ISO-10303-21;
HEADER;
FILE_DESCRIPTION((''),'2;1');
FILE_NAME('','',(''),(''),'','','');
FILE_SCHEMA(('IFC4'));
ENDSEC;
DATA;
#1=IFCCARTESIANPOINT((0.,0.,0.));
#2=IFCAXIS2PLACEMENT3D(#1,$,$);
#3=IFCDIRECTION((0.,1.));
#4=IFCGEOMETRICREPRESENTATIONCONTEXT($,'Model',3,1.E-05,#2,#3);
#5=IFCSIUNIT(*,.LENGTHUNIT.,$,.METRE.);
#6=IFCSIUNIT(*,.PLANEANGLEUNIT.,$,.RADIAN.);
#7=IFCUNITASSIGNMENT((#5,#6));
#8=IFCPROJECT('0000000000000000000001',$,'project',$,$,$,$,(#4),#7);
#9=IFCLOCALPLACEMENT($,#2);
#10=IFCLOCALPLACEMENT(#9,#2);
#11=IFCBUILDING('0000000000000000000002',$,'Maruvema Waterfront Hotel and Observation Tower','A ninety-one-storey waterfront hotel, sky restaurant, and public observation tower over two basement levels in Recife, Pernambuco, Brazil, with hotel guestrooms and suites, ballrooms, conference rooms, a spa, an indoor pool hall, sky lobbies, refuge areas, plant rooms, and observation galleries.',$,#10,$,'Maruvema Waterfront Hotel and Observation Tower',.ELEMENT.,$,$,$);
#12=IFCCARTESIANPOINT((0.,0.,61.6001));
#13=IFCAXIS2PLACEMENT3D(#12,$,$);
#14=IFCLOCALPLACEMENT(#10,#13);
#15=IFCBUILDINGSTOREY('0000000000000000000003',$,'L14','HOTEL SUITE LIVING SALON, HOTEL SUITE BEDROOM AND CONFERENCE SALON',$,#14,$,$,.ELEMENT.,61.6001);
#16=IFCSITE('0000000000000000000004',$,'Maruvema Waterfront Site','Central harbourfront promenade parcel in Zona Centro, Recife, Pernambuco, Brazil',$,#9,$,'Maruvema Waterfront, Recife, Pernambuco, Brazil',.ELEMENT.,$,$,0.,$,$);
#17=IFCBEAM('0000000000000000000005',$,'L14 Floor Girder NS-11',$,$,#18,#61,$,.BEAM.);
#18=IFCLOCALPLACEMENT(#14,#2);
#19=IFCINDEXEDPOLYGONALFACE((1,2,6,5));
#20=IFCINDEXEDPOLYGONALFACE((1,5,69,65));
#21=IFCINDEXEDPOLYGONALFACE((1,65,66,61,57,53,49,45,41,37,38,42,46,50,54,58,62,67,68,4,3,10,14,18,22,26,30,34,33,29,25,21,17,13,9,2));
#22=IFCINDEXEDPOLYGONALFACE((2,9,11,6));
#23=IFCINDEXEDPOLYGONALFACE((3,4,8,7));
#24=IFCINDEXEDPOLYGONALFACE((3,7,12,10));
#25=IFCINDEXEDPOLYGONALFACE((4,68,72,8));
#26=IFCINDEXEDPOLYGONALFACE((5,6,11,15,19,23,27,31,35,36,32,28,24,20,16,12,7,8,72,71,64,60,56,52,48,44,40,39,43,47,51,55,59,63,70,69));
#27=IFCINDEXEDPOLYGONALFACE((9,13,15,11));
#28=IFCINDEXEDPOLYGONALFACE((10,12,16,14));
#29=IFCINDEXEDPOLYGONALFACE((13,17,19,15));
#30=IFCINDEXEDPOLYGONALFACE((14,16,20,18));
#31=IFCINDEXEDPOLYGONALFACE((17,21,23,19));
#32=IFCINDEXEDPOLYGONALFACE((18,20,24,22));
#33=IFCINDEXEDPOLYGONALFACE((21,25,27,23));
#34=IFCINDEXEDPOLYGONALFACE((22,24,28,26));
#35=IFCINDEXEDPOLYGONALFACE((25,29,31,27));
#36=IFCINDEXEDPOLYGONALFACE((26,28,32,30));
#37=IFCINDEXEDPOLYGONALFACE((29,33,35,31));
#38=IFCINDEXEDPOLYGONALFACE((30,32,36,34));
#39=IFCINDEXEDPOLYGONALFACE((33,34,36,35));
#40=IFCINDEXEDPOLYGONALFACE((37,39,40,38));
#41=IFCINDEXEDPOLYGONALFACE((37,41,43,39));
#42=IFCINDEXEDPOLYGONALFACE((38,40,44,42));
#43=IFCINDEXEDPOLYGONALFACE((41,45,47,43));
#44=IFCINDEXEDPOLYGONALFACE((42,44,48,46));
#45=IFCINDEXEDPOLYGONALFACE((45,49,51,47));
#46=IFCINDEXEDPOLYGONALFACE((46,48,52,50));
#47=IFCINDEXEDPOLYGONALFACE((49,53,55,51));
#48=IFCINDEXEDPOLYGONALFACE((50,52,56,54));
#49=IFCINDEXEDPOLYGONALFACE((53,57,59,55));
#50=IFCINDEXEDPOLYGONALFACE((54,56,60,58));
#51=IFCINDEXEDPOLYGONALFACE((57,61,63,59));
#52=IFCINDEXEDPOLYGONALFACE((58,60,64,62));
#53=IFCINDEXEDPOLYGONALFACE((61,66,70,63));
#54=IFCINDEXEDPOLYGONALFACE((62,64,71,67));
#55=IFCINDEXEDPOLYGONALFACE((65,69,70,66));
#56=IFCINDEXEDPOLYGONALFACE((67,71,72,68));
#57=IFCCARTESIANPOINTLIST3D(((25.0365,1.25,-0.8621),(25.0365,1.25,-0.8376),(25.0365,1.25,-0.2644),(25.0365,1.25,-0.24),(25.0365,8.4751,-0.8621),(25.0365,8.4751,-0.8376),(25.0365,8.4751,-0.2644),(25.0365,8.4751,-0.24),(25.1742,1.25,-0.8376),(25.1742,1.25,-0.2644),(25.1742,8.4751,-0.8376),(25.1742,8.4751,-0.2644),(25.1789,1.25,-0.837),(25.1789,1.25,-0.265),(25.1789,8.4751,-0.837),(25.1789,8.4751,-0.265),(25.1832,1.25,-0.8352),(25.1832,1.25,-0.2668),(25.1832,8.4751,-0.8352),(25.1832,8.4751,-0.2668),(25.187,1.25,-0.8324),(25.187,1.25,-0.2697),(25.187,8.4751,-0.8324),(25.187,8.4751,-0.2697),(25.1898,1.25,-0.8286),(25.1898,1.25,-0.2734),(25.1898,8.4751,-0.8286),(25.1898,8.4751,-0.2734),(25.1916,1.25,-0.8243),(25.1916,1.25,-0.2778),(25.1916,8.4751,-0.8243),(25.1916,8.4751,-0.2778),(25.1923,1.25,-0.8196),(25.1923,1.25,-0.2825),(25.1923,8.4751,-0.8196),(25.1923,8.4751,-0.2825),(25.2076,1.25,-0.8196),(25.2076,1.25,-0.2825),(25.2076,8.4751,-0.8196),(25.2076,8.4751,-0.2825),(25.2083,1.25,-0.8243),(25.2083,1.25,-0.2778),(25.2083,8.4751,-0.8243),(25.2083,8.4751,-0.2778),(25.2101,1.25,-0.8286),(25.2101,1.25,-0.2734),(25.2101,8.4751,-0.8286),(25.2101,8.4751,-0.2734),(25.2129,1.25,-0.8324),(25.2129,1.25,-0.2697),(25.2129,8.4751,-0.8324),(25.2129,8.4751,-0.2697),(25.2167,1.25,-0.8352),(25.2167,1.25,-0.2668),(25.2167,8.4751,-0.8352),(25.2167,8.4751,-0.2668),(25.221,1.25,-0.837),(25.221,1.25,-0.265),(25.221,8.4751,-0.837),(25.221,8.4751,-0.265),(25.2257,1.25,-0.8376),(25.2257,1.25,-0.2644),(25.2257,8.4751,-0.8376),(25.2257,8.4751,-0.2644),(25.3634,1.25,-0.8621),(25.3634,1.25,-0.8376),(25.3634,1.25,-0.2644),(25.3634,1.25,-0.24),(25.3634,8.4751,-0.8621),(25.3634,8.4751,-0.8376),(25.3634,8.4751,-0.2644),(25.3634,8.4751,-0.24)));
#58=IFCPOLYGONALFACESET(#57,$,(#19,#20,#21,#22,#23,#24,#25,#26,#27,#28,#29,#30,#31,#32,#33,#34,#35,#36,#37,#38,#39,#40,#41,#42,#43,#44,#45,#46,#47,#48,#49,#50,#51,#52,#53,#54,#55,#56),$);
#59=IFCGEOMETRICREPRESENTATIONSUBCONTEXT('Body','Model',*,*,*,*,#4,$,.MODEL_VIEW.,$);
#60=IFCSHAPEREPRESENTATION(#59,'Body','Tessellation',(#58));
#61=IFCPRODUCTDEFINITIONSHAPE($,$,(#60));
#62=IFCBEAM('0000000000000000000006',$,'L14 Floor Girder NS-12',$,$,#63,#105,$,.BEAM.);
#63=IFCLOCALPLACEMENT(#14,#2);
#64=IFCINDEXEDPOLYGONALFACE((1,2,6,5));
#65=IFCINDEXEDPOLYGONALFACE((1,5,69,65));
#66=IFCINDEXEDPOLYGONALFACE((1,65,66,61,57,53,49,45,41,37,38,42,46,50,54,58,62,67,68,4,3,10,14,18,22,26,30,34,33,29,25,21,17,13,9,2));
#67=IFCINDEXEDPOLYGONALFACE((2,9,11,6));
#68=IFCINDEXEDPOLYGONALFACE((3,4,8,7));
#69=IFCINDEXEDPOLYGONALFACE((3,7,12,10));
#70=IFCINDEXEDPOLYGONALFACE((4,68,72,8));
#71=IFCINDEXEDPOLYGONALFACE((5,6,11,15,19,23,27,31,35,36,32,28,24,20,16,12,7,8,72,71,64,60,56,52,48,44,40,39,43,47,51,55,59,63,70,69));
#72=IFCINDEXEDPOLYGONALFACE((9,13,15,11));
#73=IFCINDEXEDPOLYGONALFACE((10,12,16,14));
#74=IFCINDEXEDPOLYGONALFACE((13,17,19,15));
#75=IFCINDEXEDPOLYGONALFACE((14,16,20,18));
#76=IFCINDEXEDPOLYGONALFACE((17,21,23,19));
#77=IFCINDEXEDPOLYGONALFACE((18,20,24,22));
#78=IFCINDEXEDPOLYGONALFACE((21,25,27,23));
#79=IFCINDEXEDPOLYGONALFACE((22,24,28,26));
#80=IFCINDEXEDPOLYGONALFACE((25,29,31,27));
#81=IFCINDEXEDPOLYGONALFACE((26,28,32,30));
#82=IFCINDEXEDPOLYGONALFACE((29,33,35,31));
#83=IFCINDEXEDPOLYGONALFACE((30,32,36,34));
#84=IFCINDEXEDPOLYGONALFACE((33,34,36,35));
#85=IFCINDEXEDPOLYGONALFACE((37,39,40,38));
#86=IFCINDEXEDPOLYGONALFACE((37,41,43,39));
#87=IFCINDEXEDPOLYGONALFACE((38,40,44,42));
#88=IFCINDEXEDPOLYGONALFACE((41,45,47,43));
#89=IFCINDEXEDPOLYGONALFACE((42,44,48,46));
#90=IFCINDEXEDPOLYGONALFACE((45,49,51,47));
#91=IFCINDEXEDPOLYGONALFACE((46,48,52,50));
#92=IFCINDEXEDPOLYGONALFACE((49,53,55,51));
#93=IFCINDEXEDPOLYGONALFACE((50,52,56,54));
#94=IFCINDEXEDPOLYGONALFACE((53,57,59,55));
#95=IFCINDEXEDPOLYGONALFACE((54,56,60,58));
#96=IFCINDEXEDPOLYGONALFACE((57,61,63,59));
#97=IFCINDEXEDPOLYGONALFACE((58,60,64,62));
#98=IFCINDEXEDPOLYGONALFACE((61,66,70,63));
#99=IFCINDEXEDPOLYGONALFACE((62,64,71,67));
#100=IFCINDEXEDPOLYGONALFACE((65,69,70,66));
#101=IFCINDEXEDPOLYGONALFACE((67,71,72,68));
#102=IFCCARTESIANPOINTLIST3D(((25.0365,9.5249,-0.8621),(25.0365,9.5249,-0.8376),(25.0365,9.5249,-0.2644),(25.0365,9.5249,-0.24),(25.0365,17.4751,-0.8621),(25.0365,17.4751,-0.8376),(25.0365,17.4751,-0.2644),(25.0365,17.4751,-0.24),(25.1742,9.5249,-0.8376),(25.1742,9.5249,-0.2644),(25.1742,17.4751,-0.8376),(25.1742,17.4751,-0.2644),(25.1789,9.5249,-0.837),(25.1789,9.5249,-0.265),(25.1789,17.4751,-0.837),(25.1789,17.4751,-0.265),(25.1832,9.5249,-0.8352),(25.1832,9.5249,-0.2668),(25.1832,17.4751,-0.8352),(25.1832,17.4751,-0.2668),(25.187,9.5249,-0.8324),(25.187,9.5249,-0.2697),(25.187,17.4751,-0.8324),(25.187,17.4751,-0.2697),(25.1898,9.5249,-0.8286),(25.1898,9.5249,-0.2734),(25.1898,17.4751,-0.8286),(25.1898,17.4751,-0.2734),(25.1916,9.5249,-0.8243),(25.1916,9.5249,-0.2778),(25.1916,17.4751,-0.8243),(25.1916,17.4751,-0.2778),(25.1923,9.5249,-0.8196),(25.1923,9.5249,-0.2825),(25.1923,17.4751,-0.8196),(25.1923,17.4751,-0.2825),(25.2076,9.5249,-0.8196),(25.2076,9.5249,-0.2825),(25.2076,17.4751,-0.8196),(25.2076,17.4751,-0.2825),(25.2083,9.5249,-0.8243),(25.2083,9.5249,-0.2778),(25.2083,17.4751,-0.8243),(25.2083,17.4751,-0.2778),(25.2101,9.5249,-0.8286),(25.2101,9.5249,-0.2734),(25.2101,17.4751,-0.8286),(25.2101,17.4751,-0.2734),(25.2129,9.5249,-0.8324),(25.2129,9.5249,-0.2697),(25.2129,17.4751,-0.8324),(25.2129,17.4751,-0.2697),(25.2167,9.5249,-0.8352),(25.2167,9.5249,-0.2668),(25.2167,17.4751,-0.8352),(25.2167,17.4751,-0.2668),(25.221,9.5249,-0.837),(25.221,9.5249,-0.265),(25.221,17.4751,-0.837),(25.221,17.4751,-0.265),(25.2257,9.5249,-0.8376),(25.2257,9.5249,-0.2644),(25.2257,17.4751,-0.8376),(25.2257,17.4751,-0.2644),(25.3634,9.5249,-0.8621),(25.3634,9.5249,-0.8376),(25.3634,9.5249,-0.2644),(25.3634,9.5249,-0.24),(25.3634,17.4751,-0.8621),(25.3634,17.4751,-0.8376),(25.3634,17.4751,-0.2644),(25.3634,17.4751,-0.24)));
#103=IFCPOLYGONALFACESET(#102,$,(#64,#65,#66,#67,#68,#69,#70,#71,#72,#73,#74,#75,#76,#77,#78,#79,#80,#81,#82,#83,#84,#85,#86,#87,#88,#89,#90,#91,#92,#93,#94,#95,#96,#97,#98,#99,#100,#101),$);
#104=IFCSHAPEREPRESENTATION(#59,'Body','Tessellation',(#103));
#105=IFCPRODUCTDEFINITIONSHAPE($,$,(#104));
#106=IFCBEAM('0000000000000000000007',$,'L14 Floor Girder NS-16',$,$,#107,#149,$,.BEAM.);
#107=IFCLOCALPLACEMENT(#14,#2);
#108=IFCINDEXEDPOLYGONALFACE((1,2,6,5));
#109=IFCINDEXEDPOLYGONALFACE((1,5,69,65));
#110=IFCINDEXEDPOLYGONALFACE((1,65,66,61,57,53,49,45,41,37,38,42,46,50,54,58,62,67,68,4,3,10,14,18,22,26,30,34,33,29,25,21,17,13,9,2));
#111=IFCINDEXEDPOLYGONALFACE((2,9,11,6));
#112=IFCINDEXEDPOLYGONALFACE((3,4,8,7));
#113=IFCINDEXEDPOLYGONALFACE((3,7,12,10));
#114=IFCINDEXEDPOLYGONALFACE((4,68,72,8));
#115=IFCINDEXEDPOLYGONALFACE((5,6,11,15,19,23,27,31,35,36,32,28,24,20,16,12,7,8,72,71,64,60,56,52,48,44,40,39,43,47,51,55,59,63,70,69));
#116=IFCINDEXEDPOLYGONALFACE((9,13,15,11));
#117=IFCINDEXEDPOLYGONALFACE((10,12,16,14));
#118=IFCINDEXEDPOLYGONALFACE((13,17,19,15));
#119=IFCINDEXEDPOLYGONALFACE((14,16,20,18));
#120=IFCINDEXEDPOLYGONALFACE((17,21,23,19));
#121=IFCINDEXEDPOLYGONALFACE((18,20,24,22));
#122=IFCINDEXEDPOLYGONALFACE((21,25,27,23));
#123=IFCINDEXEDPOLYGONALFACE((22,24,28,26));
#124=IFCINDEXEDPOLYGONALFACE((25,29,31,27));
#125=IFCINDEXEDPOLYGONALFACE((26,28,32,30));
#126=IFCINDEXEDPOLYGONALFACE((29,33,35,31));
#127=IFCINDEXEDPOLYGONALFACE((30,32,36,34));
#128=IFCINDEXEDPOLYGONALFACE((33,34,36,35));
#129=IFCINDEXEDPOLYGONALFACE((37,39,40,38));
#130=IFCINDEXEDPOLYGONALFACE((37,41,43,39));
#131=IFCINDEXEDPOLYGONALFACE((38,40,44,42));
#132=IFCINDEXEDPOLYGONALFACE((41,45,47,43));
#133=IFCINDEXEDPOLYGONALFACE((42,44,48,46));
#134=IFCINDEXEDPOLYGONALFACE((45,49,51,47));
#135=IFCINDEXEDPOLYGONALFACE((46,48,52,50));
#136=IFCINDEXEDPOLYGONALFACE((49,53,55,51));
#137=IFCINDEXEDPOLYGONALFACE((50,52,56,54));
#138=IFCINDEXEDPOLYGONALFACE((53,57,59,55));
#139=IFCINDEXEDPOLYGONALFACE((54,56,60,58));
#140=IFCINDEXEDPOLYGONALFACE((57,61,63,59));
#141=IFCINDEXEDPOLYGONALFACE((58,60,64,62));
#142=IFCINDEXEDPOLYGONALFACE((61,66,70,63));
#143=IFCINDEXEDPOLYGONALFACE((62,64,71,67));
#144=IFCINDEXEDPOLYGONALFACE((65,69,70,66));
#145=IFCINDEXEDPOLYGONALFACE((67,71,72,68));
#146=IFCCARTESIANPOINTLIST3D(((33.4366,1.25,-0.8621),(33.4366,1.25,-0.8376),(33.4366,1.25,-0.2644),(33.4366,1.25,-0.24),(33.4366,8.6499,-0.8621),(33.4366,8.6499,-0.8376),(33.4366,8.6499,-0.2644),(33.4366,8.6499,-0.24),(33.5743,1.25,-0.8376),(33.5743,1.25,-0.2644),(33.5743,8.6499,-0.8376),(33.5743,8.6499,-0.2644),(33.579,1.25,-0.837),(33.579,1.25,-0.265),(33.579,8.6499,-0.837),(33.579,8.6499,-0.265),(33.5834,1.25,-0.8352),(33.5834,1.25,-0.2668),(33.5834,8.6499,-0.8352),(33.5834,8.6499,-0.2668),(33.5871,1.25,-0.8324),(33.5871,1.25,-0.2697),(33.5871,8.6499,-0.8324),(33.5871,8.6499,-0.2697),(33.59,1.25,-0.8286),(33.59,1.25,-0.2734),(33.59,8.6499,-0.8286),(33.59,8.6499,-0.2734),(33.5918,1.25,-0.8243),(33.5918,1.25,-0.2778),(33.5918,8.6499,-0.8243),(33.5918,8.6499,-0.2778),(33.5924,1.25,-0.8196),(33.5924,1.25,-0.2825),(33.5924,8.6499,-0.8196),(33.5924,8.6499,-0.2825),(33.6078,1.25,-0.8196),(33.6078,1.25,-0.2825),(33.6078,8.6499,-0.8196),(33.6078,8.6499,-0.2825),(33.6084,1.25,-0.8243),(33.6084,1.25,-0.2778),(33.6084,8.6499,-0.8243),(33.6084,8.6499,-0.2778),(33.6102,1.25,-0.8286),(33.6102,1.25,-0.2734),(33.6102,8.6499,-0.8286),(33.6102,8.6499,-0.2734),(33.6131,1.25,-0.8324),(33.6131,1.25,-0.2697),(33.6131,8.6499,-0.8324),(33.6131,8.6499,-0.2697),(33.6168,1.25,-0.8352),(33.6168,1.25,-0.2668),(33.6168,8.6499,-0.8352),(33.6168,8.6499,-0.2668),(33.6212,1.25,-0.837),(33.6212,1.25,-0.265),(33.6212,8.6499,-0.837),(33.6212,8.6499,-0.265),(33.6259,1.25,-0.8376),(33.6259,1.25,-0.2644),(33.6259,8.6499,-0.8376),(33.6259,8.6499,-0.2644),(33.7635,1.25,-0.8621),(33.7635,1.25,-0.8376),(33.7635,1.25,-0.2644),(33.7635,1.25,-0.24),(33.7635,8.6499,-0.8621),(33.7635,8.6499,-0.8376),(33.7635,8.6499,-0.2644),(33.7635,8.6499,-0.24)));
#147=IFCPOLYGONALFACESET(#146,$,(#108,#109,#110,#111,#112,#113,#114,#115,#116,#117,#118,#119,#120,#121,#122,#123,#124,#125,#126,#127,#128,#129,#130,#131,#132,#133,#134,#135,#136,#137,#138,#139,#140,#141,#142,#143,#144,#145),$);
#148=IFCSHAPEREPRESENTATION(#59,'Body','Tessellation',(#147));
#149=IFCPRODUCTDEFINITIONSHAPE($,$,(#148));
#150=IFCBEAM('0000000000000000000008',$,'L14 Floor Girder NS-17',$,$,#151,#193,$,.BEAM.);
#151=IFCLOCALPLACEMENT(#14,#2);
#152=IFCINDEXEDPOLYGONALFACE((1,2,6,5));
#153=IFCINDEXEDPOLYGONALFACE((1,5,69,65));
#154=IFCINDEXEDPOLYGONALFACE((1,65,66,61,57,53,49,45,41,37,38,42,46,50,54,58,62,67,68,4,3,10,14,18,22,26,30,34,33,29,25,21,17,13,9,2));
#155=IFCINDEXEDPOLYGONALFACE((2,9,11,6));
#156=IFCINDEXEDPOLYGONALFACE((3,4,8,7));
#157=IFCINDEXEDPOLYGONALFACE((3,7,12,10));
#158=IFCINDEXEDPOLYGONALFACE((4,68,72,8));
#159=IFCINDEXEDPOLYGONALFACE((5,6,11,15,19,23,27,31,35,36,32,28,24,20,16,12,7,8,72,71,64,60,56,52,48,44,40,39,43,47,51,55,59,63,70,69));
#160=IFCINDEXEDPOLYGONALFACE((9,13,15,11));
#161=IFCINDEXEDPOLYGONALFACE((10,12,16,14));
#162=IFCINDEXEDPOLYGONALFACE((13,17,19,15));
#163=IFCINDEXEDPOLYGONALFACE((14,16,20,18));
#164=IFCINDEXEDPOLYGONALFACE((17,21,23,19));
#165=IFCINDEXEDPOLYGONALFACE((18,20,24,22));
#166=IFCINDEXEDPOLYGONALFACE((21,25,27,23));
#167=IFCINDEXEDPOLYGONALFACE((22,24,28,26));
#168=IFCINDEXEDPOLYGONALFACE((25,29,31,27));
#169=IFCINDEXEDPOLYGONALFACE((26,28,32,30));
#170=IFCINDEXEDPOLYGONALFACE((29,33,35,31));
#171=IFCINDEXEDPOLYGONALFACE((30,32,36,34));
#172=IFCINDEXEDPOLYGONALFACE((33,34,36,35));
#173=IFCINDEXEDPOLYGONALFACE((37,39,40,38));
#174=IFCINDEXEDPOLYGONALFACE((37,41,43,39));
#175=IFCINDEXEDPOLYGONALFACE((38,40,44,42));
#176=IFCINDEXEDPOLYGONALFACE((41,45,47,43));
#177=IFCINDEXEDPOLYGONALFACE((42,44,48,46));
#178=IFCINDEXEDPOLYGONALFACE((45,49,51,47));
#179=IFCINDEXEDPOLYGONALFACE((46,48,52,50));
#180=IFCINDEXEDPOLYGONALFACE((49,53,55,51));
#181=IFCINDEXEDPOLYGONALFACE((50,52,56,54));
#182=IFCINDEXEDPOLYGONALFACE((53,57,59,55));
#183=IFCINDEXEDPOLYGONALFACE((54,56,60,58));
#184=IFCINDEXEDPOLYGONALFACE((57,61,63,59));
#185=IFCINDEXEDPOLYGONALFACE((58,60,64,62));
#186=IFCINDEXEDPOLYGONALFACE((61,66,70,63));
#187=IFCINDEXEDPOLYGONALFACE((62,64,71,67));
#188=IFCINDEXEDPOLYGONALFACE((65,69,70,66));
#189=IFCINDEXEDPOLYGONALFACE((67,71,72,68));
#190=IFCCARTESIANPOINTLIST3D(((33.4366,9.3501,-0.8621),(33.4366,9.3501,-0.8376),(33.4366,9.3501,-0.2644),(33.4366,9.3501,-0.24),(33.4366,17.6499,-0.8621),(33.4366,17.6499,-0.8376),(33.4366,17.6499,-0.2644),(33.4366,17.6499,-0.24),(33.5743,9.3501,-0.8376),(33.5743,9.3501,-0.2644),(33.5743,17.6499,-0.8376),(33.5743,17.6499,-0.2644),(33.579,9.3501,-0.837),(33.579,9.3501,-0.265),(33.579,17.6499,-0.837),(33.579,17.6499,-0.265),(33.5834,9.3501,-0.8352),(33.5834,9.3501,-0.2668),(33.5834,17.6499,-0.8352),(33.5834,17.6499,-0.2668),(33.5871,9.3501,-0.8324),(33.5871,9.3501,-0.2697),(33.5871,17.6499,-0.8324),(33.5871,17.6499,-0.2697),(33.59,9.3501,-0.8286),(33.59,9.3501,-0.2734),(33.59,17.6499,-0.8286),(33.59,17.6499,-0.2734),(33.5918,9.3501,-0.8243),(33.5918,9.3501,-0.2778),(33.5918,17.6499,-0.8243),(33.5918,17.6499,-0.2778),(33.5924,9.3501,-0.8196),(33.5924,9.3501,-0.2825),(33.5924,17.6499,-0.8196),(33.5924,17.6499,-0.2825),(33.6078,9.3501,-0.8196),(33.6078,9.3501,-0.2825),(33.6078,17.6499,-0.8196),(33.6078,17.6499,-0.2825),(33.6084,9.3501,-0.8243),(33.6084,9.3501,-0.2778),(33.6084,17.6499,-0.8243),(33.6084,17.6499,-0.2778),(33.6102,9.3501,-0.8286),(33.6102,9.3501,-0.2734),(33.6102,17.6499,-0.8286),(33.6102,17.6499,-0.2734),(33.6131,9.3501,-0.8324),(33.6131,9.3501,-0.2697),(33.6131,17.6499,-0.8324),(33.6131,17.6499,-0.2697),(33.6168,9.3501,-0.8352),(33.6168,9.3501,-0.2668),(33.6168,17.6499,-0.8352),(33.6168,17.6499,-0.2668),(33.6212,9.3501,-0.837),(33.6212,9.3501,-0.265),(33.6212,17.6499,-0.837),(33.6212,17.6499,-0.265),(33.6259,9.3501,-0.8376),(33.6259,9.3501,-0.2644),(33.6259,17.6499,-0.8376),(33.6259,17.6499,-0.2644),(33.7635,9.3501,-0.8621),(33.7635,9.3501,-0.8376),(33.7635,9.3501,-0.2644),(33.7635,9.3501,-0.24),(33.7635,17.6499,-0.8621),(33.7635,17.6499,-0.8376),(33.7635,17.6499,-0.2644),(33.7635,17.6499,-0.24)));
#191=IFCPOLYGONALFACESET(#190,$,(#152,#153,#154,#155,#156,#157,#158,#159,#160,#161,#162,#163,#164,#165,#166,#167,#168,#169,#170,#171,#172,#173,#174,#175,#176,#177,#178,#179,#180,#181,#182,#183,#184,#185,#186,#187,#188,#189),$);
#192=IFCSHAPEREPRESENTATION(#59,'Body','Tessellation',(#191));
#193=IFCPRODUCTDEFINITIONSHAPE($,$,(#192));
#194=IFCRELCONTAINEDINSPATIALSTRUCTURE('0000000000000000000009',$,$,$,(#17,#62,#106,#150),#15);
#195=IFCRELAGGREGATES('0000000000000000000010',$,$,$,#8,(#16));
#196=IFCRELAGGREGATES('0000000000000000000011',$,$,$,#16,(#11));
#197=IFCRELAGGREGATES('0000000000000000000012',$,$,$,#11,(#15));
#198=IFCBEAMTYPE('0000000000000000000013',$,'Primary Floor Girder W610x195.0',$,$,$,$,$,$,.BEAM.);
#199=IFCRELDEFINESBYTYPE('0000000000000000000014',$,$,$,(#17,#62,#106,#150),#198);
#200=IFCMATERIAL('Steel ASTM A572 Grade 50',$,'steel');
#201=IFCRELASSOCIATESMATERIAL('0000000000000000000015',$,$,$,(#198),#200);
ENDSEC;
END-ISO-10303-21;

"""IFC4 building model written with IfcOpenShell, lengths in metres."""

from ifc_helpers import new_model, si_unit, direction, frame, origin, origin_2d, place, context, subcontext, project, spatial, i_section, extrude, material, material_profile, profile_set, type_object, element, save


model = new_model("IFC4")

# Units and contexts
model_context = context("Model", 3, precision=1e-05, world=origin(), true_north=direction((0.0, 1.0)))
body_context = subcontext(model_context, "Body", "Model", "MODEL_VIEW")
ifc_project = project(units=[si_unit("LENGTHUNIT", "METRE"), si_unit("PLANEANGLEUNIT", "RADIAN")], contexts=[model_context])

# Site, building, storey
site_placement = place(None, origin())
site = spatial("IfcSite", under=ifc_project, at=site_placement, Name="Maruvema Waterfront Site", Description="Central harbourfront promenade parcel in Zona Centro, Recife, Pernambuco, Brazil", LongName="Maruvema Waterfront, Recife, Pernambuco, Brazil", CompositionType="ELEMENT", RefElevation=0.0)
building_placement = place(site_placement, origin())
building = spatial("IfcBuilding", under=site, at=building_placement, Name="Maruvema Waterfront Hotel and Observation Tower", Description="A ninety-one-storey waterfront hotel, sky restaurant, and public observation tower over two basement levels in Recife, Pernambuco, Brazil, with hotel guestrooms and suites, ballrooms, conference rooms, a spa, an indoor pool hall, sky lobbies, refuge areas, plant rooms, and observation galleries.", LongName="Maruvema Waterfront Hotel and Observation Tower", CompositionType="ELEMENT")
storey_placement = place(building_placement, frame((0.0, 0.0, 61.6001)))
storey = spatial("IfcBuildingStorey", under=building, at=storey_placement, Name="L14", Description="HOTEL SUITE LIVING SALON, HOTEL SUITE BEDROOM AND CONFERENCE SALON", CompositionType="ELEMENT", Elevation=61.6001)

# Beams
ifc_material_1 = material(Name="Steel ASTM A572 Grade 50", Category="steel")
ifc_material_profile_1 = material_profile(ifc_material_1, i_section(OverallWidth=0.3269, OverallDepth=0.6221, WebThickness=0.0154, FlangeThickness=0.0244, FilletRadius=0.0181, at=origin_2d()), Name="W610x195.0")
ifc_profile_set_1 = profile_set([ifc_material_profile_1], Name="Steel ASTM A572 Grade 50")
beam_type_1 = type_object("IfcBeamType", Name="Primary Floor Girder W610x195.0", PredefinedType="BEAM", material=ifc_profile_set_1)
beam_1_placement = place(storey_placement, frame((25.2, 1.25, -0.551), z_axis=(0.0, 1.0, 0.0), x_axis=(-1.0, 0.0, 0.0)))
element("IfcBeam", 1, at=beam_1_placement, inside=storey, type_object=beam_type_1, Name="L14 Floor Girder NS-11", PredefinedType="BEAM", context=body_context, shape_type="SweptSolid", body=[
    extrude(i_section(OverallWidth=0.3269, OverallDepth=0.6221, WebThickness=0.0154, FlangeThickness=0.0244, FilletRadius=0.0181, at=origin_2d()), origin(), (0.0, 0.0, 1.0), 7.2251),
])
beam_2_placement = place(storey_placement, frame((25.2, 9.5249, -0.551), z_axis=(0.0, 1.0, 0.0), x_axis=(-1.0, 0.0, 0.0)))
element("IfcBeam", 2, at=beam_2_placement, inside=storey, type_object=beam_type_1, Name="L14 Floor Girder NS-12", PredefinedType="BEAM", context=body_context, shape_type="SweptSolid", body=[
    extrude(i_section(OverallWidth=0.3269, OverallDepth=0.6221, WebThickness=0.0154, FlangeThickness=0.0244, FilletRadius=0.0181, at=origin_2d()), origin(), (0.0, 0.0, 1.0), 7.9502),
])
beam_3_placement = place(storey_placement, frame((33.6001, 1.25, -0.551), z_axis=(0.0, 1.0, 0.0), x_axis=(-1.0, 0.0, 0.0)))
element("IfcBeam", 3, at=beam_3_placement, inside=storey, type_object=beam_type_1, Name="L14 Floor Girder NS-16", PredefinedType="BEAM", context=body_context, shape_type="SweptSolid", body=[
    extrude(i_section(OverallWidth=0.3269, OverallDepth=0.6221, WebThickness=0.0154, FlangeThickness=0.0244, FilletRadius=0.0181, at=origin_2d()), origin(), (0.0, 0.0, 1.0), 7.3999),
])
beam_4_placement = place(storey_placement, frame((33.6001, 9.3501, -0.551), z_axis=(0.0, 1.0, 0.0), x_axis=(-1.0, 0.0, 0.0)))
element("IfcBeam", 4, at=beam_4_placement, inside=storey, type_object=beam_type_1, Name="L14 Floor Girder NS-17", PredefinedType="BEAM", context=body_context, shape_type="SweptSolid", body=[
    extrude(i_section(OverallWidth=0.3269, OverallDepth=0.6221, WebThickness=0.0154, FlangeThickness=0.0244, FilletRadius=0.0181, at=origin_2d()), origin(), (0.0, 0.0, 1.0), 8.2998),
])

save(model, "model.ifc")
